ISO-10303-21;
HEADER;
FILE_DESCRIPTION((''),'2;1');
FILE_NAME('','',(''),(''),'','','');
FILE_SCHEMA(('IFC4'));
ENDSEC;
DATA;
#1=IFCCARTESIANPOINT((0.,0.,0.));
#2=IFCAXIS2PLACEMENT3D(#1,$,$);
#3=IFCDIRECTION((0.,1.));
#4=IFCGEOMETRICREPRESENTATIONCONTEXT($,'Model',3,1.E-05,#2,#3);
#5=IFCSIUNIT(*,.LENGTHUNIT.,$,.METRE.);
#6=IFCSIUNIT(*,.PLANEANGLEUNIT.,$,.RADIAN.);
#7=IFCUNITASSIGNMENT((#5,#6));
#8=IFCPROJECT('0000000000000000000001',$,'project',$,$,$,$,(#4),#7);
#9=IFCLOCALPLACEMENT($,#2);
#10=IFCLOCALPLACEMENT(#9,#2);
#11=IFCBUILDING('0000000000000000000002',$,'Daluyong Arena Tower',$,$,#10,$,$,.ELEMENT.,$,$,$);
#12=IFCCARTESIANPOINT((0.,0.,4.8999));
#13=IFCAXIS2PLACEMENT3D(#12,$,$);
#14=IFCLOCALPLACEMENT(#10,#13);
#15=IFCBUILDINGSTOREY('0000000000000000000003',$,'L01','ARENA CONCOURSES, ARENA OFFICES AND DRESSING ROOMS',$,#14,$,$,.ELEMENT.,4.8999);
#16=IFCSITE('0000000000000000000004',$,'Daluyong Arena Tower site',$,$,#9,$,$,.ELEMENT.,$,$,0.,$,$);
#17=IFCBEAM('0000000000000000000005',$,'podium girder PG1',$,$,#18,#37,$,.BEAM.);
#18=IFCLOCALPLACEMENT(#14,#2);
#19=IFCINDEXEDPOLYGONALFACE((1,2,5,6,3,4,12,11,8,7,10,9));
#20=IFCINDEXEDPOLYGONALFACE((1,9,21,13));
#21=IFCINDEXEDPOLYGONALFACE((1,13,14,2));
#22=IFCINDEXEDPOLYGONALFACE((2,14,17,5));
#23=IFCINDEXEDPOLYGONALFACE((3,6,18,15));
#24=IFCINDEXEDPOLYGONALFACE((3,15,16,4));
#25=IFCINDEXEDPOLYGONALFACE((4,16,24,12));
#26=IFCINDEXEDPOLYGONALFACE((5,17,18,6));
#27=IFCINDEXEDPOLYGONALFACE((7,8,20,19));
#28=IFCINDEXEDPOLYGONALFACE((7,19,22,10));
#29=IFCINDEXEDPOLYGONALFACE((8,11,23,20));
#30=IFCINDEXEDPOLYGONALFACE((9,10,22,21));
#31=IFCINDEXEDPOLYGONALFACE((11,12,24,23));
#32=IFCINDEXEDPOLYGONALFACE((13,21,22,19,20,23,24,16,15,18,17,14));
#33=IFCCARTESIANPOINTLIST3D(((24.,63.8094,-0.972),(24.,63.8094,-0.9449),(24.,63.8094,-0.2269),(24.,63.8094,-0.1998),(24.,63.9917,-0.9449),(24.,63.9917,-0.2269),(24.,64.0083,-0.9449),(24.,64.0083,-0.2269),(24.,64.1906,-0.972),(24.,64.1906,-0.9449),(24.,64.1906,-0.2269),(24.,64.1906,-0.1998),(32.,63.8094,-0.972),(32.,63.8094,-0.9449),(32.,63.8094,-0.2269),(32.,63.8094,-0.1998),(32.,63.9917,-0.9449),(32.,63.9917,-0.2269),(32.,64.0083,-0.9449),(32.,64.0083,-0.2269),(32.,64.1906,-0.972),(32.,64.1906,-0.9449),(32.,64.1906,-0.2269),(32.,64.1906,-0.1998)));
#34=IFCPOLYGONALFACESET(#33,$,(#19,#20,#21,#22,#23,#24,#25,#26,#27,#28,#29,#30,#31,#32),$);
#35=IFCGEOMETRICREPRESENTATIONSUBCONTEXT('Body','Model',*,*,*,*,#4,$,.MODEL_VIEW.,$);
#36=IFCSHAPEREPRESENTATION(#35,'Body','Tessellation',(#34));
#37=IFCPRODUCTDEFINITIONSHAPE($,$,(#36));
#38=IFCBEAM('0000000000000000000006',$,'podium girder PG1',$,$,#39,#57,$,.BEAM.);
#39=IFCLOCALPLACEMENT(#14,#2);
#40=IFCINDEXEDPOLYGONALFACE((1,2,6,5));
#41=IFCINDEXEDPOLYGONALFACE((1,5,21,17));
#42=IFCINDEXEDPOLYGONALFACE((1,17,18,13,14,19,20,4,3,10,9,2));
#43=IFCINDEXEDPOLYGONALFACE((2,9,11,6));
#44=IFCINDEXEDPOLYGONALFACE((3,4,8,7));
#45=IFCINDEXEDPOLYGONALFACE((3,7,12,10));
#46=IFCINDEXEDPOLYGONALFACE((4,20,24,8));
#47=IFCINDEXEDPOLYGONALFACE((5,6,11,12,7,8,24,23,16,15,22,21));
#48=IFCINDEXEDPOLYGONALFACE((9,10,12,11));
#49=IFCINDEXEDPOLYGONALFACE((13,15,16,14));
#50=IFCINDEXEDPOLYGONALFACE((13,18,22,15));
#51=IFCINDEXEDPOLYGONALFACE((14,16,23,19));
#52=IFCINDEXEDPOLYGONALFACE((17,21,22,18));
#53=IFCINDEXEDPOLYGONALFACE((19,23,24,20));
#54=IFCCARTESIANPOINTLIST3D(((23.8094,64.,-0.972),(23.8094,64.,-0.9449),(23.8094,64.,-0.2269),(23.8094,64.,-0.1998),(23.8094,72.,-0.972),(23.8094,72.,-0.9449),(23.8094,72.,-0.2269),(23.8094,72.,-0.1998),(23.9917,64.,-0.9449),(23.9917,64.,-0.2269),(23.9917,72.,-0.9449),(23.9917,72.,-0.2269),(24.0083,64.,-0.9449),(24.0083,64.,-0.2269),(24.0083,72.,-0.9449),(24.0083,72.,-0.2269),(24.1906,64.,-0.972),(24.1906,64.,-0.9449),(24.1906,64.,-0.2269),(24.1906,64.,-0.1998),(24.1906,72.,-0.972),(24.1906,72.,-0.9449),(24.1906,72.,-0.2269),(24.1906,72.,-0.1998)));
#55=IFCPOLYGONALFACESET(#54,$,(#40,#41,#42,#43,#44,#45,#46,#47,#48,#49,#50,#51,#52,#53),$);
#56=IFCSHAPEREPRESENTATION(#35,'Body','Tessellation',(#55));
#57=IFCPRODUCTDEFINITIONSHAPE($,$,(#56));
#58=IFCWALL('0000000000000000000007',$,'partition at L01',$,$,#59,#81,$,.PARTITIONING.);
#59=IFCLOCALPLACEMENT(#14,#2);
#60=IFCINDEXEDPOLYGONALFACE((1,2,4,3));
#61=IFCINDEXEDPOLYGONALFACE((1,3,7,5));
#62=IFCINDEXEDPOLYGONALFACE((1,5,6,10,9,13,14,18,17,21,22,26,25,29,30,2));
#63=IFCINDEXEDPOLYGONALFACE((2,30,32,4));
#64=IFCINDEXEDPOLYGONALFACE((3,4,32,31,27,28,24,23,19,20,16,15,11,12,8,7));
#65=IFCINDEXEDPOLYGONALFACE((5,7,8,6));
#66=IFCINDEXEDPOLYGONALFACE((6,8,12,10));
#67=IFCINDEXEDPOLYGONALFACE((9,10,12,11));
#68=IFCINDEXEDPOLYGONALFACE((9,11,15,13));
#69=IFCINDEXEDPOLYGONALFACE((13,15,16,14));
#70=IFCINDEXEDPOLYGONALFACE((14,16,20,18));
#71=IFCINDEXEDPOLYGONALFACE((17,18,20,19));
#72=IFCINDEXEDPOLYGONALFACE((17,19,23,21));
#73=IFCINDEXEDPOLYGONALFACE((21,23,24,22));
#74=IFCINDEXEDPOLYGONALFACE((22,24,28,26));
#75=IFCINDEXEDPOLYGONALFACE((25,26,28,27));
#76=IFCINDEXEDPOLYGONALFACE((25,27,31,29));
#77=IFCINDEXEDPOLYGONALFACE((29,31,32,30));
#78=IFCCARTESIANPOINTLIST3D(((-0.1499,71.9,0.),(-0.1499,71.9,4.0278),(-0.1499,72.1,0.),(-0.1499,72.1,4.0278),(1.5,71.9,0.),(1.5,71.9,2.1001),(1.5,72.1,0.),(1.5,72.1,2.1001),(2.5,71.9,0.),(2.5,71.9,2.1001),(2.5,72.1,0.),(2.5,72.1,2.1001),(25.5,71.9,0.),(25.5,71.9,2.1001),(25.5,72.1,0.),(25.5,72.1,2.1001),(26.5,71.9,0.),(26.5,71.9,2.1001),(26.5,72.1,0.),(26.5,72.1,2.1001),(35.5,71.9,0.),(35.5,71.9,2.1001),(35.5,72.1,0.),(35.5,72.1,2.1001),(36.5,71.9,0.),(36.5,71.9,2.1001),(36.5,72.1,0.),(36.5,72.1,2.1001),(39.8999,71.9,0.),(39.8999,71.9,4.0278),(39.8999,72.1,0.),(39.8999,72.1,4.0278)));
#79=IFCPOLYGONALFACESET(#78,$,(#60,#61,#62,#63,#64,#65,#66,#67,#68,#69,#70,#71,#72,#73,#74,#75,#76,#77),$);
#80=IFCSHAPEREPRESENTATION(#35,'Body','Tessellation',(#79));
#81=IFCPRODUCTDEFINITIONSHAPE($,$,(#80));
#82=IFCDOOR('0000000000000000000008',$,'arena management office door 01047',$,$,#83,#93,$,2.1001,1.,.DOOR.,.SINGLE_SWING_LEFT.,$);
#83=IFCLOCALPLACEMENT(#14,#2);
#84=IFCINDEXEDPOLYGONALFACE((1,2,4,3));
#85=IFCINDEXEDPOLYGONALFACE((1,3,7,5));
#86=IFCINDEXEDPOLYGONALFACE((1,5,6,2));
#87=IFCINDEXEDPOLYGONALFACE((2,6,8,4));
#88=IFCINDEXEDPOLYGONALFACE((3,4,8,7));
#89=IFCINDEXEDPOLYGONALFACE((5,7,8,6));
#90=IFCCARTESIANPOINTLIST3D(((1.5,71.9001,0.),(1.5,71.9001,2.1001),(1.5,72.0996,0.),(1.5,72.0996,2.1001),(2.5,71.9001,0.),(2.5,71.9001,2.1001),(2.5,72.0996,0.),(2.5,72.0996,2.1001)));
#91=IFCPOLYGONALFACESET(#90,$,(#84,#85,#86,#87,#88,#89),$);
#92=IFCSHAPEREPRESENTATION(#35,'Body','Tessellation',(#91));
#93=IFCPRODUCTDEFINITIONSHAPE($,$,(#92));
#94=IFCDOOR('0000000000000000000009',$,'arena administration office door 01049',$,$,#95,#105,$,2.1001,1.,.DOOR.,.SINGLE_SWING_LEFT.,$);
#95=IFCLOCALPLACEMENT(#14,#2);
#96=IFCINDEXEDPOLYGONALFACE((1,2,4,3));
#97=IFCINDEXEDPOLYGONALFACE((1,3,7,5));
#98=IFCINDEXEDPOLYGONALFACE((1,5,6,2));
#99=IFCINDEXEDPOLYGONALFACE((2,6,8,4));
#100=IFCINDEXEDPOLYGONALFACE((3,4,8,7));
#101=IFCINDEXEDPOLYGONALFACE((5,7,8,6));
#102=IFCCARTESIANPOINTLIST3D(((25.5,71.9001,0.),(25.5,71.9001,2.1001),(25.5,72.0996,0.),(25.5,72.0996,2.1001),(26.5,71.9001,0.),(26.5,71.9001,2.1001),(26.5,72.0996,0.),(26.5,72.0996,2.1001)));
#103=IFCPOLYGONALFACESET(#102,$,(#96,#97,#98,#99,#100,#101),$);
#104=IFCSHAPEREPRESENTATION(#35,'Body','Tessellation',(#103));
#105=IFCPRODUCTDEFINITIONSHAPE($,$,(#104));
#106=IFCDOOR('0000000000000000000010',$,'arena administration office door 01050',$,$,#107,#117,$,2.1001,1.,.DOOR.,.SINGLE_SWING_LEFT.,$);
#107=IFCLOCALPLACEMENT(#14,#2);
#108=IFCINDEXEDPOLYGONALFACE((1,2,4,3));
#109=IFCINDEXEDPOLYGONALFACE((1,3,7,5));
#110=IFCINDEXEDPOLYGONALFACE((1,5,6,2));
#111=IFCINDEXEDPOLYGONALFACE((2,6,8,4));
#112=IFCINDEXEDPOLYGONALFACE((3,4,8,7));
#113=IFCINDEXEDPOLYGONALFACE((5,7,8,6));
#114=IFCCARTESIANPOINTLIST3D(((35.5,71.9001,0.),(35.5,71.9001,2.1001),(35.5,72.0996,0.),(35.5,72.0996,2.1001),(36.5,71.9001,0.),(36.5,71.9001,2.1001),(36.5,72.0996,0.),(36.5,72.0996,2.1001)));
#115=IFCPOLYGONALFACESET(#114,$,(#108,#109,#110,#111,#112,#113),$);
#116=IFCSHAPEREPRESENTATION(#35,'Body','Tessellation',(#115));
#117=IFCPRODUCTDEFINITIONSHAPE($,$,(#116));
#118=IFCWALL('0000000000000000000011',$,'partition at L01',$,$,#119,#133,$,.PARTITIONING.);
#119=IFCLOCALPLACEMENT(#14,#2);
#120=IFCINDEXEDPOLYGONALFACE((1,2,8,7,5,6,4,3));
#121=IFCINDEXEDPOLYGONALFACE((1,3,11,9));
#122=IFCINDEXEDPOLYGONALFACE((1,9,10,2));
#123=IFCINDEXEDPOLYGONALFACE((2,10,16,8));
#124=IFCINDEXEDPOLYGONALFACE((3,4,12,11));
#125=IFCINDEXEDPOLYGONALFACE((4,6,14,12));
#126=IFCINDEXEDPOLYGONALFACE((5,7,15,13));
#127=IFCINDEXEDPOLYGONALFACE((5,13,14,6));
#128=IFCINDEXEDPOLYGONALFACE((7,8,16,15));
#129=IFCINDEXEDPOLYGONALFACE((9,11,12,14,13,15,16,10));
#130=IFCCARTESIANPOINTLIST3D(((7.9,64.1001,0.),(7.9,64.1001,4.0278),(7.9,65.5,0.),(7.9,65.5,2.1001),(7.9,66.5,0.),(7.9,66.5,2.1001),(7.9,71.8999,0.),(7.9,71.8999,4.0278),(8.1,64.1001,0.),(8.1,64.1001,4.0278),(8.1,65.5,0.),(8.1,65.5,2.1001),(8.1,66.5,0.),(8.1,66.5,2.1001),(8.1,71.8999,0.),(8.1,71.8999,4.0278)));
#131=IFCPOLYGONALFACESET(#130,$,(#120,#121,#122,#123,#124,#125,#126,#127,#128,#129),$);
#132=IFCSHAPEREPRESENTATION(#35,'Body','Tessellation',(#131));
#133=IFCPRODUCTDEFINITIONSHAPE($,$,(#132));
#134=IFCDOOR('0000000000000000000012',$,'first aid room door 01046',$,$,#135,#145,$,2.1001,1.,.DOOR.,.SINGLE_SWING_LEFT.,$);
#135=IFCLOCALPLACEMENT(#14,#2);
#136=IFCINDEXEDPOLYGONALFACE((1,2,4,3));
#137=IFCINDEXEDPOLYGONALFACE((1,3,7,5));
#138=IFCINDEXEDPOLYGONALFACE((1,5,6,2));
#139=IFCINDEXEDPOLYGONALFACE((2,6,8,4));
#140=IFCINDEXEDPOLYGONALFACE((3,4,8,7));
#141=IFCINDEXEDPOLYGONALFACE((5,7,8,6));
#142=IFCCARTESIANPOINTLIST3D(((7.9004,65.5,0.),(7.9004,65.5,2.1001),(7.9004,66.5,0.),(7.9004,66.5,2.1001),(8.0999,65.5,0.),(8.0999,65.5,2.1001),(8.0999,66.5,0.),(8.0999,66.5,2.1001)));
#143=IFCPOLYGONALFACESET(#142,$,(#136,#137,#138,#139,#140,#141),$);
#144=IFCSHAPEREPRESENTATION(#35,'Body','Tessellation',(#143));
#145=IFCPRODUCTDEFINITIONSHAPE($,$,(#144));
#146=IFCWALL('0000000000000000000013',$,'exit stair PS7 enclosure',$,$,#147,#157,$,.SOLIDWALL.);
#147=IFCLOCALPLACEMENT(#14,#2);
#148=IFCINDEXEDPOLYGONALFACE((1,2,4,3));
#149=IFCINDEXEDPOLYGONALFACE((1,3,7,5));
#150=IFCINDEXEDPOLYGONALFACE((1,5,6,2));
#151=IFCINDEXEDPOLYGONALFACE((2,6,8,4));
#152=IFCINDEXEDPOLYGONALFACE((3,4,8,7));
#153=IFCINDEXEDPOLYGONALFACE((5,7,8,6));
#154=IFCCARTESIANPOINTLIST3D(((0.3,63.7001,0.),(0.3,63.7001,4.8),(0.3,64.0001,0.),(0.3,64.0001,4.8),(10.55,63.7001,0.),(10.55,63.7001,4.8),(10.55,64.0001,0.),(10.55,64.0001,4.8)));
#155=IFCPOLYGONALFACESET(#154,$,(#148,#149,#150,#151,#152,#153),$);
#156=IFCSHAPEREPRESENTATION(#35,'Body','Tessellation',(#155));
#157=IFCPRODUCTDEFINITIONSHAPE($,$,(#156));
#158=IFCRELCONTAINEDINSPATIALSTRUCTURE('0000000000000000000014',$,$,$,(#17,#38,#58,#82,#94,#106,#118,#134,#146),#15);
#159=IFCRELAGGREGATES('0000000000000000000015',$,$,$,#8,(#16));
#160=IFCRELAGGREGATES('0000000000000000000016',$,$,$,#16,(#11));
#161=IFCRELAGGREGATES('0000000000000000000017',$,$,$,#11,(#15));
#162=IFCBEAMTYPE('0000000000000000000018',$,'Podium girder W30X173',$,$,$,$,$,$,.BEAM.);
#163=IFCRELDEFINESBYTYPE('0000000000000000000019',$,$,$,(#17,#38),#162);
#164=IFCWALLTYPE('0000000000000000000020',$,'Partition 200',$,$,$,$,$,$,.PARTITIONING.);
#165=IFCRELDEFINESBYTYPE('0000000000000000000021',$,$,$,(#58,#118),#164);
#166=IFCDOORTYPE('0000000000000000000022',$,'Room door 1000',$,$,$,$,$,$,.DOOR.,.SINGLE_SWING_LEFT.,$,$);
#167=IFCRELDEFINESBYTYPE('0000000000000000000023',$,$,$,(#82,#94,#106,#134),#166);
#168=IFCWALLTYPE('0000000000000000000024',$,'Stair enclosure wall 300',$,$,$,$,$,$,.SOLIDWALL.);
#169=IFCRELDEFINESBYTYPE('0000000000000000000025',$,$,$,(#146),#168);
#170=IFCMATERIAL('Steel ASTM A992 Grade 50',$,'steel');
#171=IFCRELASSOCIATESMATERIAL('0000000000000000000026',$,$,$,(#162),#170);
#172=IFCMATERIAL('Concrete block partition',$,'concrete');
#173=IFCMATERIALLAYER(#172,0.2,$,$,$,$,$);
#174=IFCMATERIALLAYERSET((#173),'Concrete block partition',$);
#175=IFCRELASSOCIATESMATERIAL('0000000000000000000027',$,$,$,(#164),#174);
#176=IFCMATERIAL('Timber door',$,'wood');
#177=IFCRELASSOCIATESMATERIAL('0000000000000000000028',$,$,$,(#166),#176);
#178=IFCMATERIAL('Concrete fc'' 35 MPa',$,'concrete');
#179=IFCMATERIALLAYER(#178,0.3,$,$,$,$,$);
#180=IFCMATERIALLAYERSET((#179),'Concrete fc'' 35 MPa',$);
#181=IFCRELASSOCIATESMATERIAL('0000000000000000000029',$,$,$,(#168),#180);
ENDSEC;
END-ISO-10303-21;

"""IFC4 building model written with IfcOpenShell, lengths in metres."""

from ifc_helpers import new_model, si_unit, direction, frame, frame_2d, origin, origin_2d, place, context, subcontext, project, spatial, rectangle, i_section, extrude, material, layer, layer_set, material_profile, profile_set, type_object, element, fill, save


model = new_model("IFC4")

# Units and contexts
model_context = context("Model", 3, precision=1e-05, world=origin(), true_north=direction((0.0, 1.0)))
body_context = subcontext(model_context, "Body", "Model", "MODEL_VIEW")
ifc_project = project(units=[si_unit("LENGTHUNIT", "METRE"), si_unit("PLANEANGLEUNIT", "RADIAN")], contexts=[model_context])

# Site, building, storey
site_placement = place(None, origin())
site = spatial("IfcSite", under=ifc_project, at=site_placement, Name="Daluyong Arena Tower site", CompositionType="ELEMENT", RefElevation=0.0)
building_placement = place(site_placement, origin())
building = spatial("IfcBuilding", under=site, at=building_placement, Name="Daluyong Arena Tower", CompositionType="ELEMENT")
storey_placement = place(building_placement, frame((0.0, 0.0, 4.8999)))
storey = spatial("IfcBuildingStorey", under=building, at=storey_placement, Name="L01", Description="ARENA CONCOURSES, ARENA OFFICES AND DRESSING ROOMS", CompositionType="ELEMENT", Elevation=4.8999)

# Beams
ifc_material_1 = material(Name="Steel ASTM A992 Grade 50", Category="steel")
ifc_material_profile_1 = material_profile(ifc_material_1, i_section(OverallWidth=0.3811, OverallDepth=0.7722, WebThickness=0.0166, FlangeThickness=0.0271, at=origin_2d()))
ifc_profile_set_1 = profile_set([ifc_material_profile_1], Name="Steel ASTM A992 Grade 50")
beam_type_1 = type_object("IfcBeamType", Name="Podium girder W30X173", PredefinedType="BEAM", material=ifc_profile_set_1)
for number, where, z_axis, x_axis, name in (
    (1, (24.0, 64.0, -0.5859), (1.0, 0.0, 0.0), (0.0, 1.0, 0.0), "podium girder PG1"),
    (2, (24.0, 64.0, -0.5859), (0.0, 1.0, 0.0), (-1.0, 0.0, 0.0), "podium girder PG1"),
):
    element("IfcBeam", number, at=place(storey_placement, frame(where, z_axis=z_axis, x_axis=x_axis)), inside=storey, type_object=beam_type_1, Name=name, PredefinedType="BEAM", context=body_context, shape_type="SweptSolid", body=[
        extrude(i_section(OverallWidth=0.3811, OverallDepth=0.7722, WebThickness=0.0166, FlangeThickness=0.0271, at=origin_2d()), origin(), (0.0, 0.0, 1.0), 8.0),
    ])

# Wall, openings, doors
ifc_material_2 = material(Name="Concrete block partition", Category="concrete")
ifc_layer_1 = layer(ifc_material_2, 0.2)
ifc_layer_set_1 = layer_set([ifc_layer_1], Name="Concrete block partition")
wall_type_1 = type_object("IfcWallType", Name="Partition 200", PredefinedType="PARTITIONING", material=ifc_layer_set_1)
wall_1_placement = place(storey_placement, frame((-0.1499, 72.0, 0.0), z_axis=(0.0, 0.0, 1.0), x_axis=(1.0, 0.0, 0.0)))
wall_1 = element("IfcWall", 3, at=wall_1_placement, inside=storey, type_object=wall_type_1, Name="partition at L01", PredefinedType="PARTITIONING", context=body_context, shape_type="SweptSolid", body=[
    extrude(rectangle(XDim=40.0498, YDim=0.2, at=frame_2d((20.0249, 0.0))), origin(), (0.0, 0.0, 1.0), 4.0278),
])
opening_1_placement = place(wall_1_placement, frame((1.6499, 0.0, 0.0)))
opening_1 = element("IfcOpeningElement", 4, at=opening_1_placement, cuts=wall_1, PredefinedType="OPENING", context=body_context, shape_type="SweptSolid", body=[
    extrude(rectangle(XDim=1.0, YDim=2.1001, at=frame_2d((0.5, 1.05))), frame((0.0, 0.1099, 0.0), z_axis=(0.0, -1.0, 0.0), x_axis=(1.0, 0.0, 0.0)), (0.0, 0.0, 1.0), 0.22),
])
opening_2_placement = place(wall_1_placement, frame((25.6499, 0.0, 0.0)))
opening_2 = element("IfcOpeningElement", 5, at=opening_2_placement, cuts=wall_1, PredefinedType="OPENING", context=body_context, shape_type="SweptSolid", body=[
    extrude(rectangle(XDim=1.0, YDim=2.1001, at=frame_2d((0.5, 1.05))), frame((0.0, 0.1099, 0.0), z_axis=(0.0, -1.0, 0.0), x_axis=(1.0, 0.0, 0.0)), (0.0, 0.0, 1.0), 0.22),
])
opening_3_placement = place(wall_1_placement, frame((35.6499, 0.0, 0.0)))
opening_3 = element("IfcOpeningElement", 6, at=opening_3_placement, cuts=wall_1, PredefinedType="OPENING", context=body_context, shape_type="SweptSolid", body=[
    extrude(rectangle(XDim=1.0, YDim=2.1001, at=frame_2d((0.5, 1.05))), frame((0.0, 0.1099, 0.0), z_axis=(0.0, -1.0, 0.0), x_axis=(1.0, 0.0, 0.0)), (0.0, 0.0, 1.0), 0.22),
])
ifc_material_3 = material(Name="Timber door", Category="wood")
door_type = type_object("IfcDoorType", Name="Room door 1000", OperationType="SINGLE_SWING_LEFT", PredefinedType="DOOR", material=ifc_material_3)
door_1_placement = place(opening_1_placement, origin())
door_1 = element("IfcDoor", 7, at=door_1_placement, inside=storey, type_object=door_type, Name="arena management office door 01047", OperationType="SINGLE_SWING_LEFT", OverallHeight=2.1001, OverallWidth=1.0, PredefinedType="DOOR", context=body_context, shape_type="SweptSolid", body=[
    extrude(rectangle(XDim=1.0, YDim=2.1001, at=frame_2d((0.5, 1.05))), frame((0.0, 0.0996, 0.0), z_axis=(0.0, -1.0, 0.0), x_axis=(1.0, 0.0, 0.0)), (0.0, 0.0, 1.0), 0.1995),
])
fill(opening_1, door_1)
door_2_placement = place(opening_2_placement, origin())
door_2 = element("IfcDoor", 8, at=door_2_placement, inside=storey, type_object=door_type, Name="arena administration office door 01049", OperationType="SINGLE_SWING_LEFT", OverallHeight=2.1001, OverallWidth=1.0, PredefinedType="DOOR", context=body_context, shape_type="SweptSolid", body=[
    extrude(rectangle(XDim=1.0, YDim=2.1001, at=frame_2d((0.5, 1.05))), frame((0.0, 0.0996, 0.0), z_axis=(0.0, -1.0, 0.0), x_axis=(1.0, 0.0, 0.0)), (0.0, 0.0, 1.0), 0.1995),
])
fill(opening_2, door_2)
door_3_placement = place(opening_3_placement, origin())
door_3 = element("IfcDoor", 9, at=door_3_placement, inside=storey, type_object=door_type, Name="arena administration office door 01050", OperationType="SINGLE_SWING_LEFT", OverallHeight=2.1001, OverallWidth=1.0, PredefinedType="DOOR", context=body_context, shape_type="SweptSolid", body=[
    extrude(rectangle(XDim=1.0, YDim=2.1001, at=frame_2d((0.5, 1.05))), frame((0.0, 0.0996, 0.0), z_axis=(0.0, -1.0, 0.0), x_axis=(1.0, 0.0, 0.0)), (0.0, 0.0, 1.0), 0.1995),
])
fill(opening_3, door_3)

# Wall, opening, door
wall_2_placement = place(storey_placement, frame((8.0, 64.1001, 0.0), z_axis=(0.0, 0.0, 1.0), x_axis=(0.0, 1.0, 0.0)))
wall_2 = element("IfcWall", 10, at=wall_2_placement, inside=storey, type_object=wall_type_1, Name="partition at L01", PredefinedType="PARTITIONING", context=body_context, shape_type="SweptSolid", body=[
    extrude(rectangle(XDim=7.7998, YDim=0.2, at=frame_2d((3.8999, 0.0))), origin(), (0.0, 0.0, 1.0), 4.0278),
])
opening_4_placement = place(wall_2_placement, frame((1.3999, 0.0, 0.0)))
opening_4 = element("IfcOpeningElement", 11, at=opening_4_placement, cuts=wall_2, PredefinedType="OPENING", context=body_context, shape_type="SweptSolid", body=[
    extrude(rectangle(XDim=1.0, YDim=2.1001, at=frame_2d((0.5, 1.05))), frame((0.0, 0.1099, 0.0), z_axis=(0.0, -1.0, 0.0), x_axis=(1.0, 0.0, 0.0)), (0.0, 0.0, 1.0), 0.22),
])
door_4_placement = place(opening_4_placement, origin())
door_4 = element("IfcDoor", 12, at=door_4_placement, inside=storey, type_object=door_type, Name="first aid room door 01046", OperationType="SINGLE_SWING_LEFT", OverallHeight=2.1001, OverallWidth=1.0, PredefinedType="DOOR", context=body_context, shape_type="SweptSolid", body=[
    extrude(rectangle(XDim=1.0, YDim=2.1001, at=frame_2d((0.5, 1.05))), frame((0.0, 0.0996, 0.0), z_axis=(0.0, -1.0, 0.0), x_axis=(1.0, 0.0, 0.0)), (0.0, 0.0, 1.0), 0.1995),
])
fill(opening_4, door_4)

# Wall
ifc_material_4 = material(Name="Concrete fc' 35 MPa", Category="concrete")
ifc_layer_2 = layer(ifc_material_4, 0.3)
ifc_layer_set_2 = layer_set([ifc_layer_2], Name="Concrete fc' 35 MPa")
wall_type_2 = type_object("IfcWallType", Name="Stair enclosure wall 300", PredefinedType="SOLIDWALL", material=ifc_layer_set_2)
wall_3_placement = place(storey_placement, frame((0.3, 63.8501, 0.0), z_axis=(0.0, 0.0, 1.0), x_axis=(1.0, 0.0, 0.0)))
element("IfcWall", 13, at=wall_3_placement, inside=storey, type_object=wall_type_2, Name="exit stair PS7 enclosure", PredefinedType="SOLIDWALL", context=body_context, shape_type="SweptSolid", body=[
    extrude(rectangle(XDim=10.25, YDim=0.3, at=frame_2d((5.125, 0.0))), origin(), (0.0, 0.0, 1.0), 4.8),
])

save(model, "model.ifc")
